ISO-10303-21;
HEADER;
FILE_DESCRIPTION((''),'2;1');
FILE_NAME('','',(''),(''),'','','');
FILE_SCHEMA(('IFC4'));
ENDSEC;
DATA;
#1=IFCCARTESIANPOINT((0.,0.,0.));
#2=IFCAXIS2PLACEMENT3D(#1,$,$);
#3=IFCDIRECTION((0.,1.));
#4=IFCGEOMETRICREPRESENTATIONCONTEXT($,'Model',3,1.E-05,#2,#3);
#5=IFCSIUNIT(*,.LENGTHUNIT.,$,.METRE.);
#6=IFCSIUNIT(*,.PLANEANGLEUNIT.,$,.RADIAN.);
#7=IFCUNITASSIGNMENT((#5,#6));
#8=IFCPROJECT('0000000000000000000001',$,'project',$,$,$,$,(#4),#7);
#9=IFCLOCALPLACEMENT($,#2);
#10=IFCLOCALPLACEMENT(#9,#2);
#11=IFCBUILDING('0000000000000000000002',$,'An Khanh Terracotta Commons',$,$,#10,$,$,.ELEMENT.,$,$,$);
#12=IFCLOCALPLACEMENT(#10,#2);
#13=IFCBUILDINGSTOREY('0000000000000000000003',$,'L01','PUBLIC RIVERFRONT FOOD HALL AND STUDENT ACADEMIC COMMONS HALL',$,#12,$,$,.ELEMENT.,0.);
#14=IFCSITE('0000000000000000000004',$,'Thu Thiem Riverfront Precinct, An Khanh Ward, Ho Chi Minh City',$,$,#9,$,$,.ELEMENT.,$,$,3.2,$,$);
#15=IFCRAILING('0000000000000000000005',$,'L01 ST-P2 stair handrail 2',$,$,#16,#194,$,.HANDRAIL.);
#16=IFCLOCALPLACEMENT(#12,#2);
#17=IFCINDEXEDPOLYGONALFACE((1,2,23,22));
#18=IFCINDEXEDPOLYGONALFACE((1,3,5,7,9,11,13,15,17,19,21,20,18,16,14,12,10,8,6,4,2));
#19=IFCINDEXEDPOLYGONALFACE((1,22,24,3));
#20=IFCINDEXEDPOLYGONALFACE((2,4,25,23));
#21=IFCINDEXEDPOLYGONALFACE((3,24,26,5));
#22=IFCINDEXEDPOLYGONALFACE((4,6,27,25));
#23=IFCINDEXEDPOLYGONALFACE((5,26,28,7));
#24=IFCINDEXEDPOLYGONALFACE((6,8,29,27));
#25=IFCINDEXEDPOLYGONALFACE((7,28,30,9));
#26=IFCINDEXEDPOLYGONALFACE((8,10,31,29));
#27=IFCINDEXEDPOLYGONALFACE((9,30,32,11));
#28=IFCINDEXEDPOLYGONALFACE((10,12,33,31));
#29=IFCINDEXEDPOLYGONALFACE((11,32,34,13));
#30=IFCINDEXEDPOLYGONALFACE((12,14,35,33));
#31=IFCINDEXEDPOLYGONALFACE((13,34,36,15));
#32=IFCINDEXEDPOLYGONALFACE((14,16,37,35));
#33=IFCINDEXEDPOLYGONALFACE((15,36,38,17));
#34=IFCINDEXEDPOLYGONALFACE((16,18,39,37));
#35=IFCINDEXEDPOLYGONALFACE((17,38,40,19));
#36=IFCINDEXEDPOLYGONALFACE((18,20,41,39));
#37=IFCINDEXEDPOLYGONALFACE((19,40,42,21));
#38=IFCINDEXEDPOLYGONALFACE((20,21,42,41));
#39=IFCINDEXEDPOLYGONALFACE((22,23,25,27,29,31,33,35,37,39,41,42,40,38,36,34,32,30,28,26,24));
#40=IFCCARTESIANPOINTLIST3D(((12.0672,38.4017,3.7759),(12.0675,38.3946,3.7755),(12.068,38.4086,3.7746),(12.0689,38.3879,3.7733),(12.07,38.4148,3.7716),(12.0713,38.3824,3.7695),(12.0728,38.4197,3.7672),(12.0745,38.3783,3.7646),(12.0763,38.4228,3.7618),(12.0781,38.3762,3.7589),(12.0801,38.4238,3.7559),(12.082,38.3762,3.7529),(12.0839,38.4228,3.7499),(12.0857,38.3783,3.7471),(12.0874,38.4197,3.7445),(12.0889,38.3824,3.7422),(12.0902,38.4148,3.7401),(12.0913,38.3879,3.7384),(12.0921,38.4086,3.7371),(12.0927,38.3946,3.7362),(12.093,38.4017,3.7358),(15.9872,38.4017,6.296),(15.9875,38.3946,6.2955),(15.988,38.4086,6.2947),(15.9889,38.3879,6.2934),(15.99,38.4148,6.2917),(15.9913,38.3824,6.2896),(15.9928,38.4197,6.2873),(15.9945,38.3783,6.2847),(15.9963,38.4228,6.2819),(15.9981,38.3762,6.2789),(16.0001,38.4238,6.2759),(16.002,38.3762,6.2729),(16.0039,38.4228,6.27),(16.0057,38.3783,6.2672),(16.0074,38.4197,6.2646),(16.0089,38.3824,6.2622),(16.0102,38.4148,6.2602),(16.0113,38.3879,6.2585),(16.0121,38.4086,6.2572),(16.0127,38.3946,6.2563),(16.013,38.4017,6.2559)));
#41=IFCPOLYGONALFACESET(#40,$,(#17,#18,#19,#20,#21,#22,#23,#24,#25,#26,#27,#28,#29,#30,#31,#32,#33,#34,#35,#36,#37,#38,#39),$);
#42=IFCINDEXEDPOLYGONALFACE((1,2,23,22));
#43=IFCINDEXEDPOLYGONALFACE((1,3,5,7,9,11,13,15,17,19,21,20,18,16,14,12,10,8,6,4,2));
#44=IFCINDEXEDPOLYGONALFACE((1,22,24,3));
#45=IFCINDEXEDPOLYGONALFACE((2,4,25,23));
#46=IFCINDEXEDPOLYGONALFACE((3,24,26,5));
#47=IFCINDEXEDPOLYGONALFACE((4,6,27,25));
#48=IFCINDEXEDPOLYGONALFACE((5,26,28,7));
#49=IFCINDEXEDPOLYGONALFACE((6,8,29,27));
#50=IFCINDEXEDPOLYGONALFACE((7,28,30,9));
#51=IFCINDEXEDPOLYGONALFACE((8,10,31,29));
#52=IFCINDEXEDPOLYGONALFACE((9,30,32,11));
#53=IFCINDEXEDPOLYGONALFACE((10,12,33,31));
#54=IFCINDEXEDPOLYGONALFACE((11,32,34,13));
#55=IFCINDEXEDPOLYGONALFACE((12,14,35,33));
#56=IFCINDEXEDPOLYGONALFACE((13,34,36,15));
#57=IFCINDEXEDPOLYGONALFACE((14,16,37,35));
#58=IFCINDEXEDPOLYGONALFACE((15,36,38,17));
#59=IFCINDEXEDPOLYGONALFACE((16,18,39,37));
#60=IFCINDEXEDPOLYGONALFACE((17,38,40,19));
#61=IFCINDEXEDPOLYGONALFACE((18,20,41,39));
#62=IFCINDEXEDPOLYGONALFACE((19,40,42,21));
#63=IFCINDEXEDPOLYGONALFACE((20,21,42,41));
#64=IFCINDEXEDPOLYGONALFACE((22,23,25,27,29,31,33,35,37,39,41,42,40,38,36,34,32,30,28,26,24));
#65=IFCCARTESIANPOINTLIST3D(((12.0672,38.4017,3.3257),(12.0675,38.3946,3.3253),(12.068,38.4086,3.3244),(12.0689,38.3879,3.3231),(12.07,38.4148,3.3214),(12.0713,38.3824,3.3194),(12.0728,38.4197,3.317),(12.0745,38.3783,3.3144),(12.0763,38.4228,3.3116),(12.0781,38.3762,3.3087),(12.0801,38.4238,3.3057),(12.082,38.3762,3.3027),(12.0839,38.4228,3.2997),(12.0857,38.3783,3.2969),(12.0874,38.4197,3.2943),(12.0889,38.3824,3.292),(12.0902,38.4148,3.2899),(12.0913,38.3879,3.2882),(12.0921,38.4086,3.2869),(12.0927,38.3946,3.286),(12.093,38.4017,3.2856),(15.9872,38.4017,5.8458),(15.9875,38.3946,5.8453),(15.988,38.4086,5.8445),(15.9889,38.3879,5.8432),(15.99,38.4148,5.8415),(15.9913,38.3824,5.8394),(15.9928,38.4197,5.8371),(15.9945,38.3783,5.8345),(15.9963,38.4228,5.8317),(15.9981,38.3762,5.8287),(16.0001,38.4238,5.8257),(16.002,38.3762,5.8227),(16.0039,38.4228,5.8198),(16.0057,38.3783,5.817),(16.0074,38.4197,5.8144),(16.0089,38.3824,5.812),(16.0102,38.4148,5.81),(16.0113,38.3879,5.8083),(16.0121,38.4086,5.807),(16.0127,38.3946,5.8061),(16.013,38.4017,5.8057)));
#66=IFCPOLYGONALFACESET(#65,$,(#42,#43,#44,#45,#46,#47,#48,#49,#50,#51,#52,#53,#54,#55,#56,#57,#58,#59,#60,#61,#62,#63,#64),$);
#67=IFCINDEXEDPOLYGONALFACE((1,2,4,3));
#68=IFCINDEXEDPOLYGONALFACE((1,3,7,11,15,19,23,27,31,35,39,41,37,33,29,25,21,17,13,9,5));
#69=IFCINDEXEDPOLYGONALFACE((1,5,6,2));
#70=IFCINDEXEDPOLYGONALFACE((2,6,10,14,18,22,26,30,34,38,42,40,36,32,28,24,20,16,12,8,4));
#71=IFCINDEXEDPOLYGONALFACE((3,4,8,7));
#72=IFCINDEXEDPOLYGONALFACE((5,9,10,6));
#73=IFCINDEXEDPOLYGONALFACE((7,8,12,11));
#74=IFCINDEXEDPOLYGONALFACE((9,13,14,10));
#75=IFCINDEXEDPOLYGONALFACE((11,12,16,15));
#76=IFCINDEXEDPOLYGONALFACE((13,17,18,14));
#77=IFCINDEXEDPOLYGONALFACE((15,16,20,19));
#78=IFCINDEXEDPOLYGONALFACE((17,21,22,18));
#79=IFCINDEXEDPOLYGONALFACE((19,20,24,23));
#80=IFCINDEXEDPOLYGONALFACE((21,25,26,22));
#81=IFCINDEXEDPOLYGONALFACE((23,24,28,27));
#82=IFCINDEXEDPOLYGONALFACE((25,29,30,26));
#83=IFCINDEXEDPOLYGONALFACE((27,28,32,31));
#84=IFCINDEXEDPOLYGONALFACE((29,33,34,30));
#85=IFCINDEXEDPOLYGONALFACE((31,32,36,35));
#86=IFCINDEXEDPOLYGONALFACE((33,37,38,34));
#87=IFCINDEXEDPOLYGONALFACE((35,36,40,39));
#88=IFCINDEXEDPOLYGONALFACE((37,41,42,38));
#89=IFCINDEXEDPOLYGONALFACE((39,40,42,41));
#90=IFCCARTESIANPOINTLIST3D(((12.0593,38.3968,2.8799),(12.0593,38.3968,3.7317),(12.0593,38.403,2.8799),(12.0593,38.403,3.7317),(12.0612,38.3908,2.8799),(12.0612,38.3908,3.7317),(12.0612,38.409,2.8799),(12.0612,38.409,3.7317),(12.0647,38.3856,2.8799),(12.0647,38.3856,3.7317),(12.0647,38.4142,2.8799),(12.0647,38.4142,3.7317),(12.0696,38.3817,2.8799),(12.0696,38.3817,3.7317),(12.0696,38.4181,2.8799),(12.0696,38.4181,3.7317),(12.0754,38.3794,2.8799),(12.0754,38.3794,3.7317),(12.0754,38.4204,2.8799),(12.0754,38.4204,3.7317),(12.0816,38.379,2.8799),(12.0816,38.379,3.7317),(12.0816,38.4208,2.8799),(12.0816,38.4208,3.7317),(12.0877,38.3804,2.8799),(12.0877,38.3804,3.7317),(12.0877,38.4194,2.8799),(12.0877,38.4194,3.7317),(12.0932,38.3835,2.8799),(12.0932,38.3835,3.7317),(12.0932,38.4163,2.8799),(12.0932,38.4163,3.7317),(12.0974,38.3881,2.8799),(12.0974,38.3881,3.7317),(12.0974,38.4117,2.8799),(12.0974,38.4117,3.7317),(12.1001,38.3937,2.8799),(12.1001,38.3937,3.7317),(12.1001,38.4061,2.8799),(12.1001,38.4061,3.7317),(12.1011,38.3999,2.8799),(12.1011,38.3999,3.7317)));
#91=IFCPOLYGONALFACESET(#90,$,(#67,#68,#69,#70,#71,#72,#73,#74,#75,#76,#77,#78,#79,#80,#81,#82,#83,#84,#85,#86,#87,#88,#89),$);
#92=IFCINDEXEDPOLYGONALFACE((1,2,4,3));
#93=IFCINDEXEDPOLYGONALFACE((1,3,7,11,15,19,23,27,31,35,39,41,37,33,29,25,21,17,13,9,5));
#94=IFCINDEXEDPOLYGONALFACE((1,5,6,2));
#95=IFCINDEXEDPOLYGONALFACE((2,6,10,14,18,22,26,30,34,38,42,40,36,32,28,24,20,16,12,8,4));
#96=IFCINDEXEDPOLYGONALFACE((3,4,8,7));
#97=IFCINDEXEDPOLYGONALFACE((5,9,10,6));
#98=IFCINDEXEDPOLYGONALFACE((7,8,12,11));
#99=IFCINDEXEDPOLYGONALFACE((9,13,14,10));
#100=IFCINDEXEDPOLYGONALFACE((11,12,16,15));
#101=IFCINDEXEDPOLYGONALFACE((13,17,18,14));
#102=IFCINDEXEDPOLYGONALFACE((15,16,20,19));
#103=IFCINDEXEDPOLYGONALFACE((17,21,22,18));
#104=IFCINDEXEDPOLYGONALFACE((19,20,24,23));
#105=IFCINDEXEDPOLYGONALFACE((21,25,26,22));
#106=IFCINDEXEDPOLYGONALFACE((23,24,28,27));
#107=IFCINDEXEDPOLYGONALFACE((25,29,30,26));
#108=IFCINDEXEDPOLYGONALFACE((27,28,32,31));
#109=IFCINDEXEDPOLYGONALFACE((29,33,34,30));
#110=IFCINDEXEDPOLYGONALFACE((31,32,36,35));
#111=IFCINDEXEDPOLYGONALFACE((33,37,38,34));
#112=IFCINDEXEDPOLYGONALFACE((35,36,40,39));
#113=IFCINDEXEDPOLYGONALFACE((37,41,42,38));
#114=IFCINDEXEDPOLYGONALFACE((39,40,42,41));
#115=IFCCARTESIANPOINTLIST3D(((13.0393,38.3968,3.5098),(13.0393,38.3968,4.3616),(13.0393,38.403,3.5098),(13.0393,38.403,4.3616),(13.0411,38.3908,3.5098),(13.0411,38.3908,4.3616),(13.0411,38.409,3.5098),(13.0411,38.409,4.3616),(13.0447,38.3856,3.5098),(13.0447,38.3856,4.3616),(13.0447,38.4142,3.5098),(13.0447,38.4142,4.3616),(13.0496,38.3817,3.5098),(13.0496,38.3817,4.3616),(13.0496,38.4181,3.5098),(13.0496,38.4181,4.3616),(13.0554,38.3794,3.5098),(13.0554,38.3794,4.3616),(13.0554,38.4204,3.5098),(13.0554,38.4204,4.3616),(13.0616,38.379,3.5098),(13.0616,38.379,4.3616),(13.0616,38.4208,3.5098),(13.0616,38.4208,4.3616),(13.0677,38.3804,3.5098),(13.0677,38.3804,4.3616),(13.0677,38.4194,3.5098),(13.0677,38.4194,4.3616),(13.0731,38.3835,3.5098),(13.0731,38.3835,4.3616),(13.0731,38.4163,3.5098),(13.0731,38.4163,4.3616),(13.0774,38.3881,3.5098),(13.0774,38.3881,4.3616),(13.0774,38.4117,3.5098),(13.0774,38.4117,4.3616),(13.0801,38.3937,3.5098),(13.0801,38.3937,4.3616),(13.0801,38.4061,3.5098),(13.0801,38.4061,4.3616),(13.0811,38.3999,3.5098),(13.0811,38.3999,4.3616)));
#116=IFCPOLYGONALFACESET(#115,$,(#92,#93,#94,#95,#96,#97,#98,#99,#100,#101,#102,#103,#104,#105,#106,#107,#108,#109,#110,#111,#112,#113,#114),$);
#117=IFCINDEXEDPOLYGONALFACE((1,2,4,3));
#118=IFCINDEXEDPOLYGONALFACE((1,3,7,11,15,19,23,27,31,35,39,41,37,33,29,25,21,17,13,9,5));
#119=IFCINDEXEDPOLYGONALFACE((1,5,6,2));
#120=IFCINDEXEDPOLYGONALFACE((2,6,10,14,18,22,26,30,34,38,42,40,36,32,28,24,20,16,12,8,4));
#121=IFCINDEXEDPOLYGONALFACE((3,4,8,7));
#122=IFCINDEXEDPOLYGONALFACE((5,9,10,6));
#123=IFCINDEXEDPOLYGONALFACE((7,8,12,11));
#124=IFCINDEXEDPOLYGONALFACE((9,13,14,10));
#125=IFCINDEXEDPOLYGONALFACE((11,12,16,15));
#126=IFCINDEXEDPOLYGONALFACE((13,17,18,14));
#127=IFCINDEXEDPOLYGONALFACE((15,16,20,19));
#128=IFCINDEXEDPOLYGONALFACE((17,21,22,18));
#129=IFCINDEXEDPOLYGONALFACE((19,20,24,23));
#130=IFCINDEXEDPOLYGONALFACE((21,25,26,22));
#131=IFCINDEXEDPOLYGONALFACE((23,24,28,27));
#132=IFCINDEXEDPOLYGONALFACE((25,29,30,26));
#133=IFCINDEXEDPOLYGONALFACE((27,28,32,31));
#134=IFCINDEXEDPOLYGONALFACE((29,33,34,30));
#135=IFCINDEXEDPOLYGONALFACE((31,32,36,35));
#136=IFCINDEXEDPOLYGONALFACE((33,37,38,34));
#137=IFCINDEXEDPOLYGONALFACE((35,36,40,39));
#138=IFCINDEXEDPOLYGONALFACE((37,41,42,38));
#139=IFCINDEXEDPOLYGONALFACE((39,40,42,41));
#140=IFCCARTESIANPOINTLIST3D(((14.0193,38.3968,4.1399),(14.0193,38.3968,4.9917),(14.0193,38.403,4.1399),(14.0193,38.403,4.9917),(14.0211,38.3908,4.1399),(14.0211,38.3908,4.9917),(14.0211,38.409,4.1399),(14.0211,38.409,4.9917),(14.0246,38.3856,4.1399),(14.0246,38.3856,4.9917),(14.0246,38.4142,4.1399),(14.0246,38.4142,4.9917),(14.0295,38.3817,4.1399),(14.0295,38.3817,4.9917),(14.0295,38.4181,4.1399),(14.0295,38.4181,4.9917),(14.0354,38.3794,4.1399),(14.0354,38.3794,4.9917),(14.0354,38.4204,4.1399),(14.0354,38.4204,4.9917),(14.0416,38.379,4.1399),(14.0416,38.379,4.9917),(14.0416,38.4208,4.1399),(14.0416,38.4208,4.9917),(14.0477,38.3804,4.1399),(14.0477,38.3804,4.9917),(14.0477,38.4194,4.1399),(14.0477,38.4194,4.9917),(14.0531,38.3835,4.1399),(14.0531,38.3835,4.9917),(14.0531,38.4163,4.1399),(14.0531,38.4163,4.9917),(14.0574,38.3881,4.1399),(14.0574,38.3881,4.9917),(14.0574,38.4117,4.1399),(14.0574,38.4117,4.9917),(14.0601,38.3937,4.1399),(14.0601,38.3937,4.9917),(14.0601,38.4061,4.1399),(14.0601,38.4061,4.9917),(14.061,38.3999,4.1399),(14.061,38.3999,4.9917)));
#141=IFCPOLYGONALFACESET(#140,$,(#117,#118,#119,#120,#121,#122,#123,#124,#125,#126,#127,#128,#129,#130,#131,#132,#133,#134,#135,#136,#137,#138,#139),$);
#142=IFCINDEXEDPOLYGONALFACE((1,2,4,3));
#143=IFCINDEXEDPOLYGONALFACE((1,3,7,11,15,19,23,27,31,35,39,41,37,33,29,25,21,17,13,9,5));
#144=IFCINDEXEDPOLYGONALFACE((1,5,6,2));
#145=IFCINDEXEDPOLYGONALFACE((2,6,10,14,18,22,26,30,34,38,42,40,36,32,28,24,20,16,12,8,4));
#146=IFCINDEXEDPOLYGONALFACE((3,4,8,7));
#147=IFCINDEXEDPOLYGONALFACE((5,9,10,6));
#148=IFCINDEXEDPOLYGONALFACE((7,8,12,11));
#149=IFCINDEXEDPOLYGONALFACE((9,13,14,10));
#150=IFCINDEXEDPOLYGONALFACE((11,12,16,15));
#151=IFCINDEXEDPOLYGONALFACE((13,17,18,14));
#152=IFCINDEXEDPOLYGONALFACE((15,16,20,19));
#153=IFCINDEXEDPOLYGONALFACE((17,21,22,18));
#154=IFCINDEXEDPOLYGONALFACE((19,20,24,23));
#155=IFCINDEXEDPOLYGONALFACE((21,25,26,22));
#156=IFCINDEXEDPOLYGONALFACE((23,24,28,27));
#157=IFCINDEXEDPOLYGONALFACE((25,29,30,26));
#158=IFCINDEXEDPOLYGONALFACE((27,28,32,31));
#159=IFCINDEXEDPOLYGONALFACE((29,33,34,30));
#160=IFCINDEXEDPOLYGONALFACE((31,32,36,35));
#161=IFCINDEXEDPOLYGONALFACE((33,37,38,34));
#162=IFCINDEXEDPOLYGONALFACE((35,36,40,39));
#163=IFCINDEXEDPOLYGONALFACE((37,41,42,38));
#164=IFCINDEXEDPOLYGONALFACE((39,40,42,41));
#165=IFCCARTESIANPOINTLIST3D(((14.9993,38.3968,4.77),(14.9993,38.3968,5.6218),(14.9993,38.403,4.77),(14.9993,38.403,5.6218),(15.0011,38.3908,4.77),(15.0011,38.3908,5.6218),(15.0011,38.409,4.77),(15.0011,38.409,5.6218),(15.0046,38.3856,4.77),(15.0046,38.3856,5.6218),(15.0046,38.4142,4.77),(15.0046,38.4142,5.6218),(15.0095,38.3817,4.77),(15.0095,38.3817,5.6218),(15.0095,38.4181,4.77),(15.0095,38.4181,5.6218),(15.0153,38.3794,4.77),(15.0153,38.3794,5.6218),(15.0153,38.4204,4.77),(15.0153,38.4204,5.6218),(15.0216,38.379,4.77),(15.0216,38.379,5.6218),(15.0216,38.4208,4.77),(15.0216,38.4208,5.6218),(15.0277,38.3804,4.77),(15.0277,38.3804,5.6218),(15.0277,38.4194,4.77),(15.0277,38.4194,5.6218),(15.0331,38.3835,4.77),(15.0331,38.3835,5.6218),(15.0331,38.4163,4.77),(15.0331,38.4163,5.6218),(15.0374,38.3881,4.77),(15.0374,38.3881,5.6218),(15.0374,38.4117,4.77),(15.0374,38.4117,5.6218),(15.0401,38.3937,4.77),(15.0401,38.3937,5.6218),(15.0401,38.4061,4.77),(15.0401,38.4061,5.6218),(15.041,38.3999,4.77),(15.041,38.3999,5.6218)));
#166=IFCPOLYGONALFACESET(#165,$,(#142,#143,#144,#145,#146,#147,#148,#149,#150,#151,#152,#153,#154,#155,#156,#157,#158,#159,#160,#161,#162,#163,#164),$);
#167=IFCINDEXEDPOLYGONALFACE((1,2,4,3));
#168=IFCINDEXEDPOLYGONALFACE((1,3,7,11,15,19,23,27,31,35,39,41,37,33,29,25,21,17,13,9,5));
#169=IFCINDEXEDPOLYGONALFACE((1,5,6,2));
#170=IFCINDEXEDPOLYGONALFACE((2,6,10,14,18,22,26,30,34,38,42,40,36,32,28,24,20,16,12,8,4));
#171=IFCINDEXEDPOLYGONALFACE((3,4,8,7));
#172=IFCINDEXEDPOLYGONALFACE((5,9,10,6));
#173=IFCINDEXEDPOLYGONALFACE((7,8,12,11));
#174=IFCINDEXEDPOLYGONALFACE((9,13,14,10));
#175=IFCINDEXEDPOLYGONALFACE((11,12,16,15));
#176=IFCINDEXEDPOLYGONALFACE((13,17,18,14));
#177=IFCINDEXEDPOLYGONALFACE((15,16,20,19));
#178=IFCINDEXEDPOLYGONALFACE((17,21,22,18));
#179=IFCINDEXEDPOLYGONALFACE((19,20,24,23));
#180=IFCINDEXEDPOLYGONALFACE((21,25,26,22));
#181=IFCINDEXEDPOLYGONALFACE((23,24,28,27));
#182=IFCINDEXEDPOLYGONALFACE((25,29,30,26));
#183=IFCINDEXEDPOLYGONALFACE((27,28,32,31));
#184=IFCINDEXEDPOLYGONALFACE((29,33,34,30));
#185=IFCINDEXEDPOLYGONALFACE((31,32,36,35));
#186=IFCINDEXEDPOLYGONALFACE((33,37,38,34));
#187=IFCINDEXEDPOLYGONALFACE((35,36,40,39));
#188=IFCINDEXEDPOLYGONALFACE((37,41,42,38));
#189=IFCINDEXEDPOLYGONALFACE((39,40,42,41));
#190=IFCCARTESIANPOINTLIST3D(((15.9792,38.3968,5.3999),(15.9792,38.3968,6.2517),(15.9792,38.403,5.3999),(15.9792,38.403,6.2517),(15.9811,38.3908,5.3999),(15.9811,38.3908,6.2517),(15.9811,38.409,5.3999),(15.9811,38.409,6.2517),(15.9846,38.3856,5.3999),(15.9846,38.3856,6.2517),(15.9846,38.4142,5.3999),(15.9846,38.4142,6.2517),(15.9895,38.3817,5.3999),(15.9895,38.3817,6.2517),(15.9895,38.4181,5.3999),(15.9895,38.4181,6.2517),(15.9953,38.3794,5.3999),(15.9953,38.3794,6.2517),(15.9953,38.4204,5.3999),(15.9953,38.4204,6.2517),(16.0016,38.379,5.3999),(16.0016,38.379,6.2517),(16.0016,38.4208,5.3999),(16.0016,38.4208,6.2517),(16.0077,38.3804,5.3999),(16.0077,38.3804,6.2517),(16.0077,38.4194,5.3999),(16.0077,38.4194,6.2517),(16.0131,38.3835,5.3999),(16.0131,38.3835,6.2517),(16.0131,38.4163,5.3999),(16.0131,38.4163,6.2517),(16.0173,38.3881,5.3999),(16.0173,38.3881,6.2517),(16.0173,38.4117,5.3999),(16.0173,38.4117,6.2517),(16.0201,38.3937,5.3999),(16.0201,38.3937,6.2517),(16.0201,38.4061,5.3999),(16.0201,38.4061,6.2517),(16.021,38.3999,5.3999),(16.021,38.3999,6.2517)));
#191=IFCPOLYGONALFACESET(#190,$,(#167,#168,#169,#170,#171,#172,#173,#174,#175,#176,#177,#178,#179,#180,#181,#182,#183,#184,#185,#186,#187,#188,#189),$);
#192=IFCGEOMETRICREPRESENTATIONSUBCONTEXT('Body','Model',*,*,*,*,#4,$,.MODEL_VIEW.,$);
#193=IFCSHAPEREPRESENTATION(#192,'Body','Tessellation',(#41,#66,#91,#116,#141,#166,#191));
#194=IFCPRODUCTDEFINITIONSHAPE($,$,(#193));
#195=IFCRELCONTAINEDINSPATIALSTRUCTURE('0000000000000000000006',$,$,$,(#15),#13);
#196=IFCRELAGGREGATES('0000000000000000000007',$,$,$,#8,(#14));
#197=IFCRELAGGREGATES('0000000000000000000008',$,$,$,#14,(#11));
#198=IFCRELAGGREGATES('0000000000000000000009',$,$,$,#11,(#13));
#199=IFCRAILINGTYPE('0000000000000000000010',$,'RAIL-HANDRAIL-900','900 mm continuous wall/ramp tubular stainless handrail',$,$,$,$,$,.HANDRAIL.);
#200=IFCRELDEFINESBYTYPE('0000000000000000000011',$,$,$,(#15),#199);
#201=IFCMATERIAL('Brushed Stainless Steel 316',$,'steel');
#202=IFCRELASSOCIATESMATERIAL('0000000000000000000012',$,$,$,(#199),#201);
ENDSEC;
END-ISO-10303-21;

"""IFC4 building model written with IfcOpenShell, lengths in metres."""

from ifc_helpers import new_model, si_unit, direction, frame, origin, origin_2d, place, context, subcontext, project, spatial, circle, extrude, material, type_object, element, save


model = new_model("IFC4")

# Units and contexts
model_context = context("Model", 3, precision=1e-05, world=origin(), true_north=direction((0.0, 1.0)))
body_context = subcontext(model_context, "Body", "Model", "MODEL_VIEW")
ifc_project = project(units=[si_unit("LENGTHUNIT", "METRE"), si_unit("PLANEANGLEUNIT", "RADIAN")], contexts=[model_context])

# Site, building, storey
site_placement = place(None, origin())
site = spatial("IfcSite", under=ifc_project, at=site_placement, Name="Thu Thiem Riverfront Precinct, An Khanh Ward, Ho Chi Minh City", CompositionType="ELEMENT", RefElevation=3.2)
building_placement = place(site_placement, origin())
building = spatial("IfcBuilding", under=site, at=building_placement, Name="An Khanh Terracotta Commons", CompositionType="ELEMENT")
storey_placement = place(building_placement, origin())
storey = spatial("IfcBuildingStorey", under=building, at=storey_placement, Name="L01", Description="PUBLIC RIVERFRONT FOOD HALL AND STUDENT ACADEMIC COMMONS HALL", CompositionType="ELEMENT", Elevation=0.0)

# Railing
ifc_material_1 = material(Name="Brushed Stainless Steel 316", Category="steel")
railing_type_1 = type_object("IfcRailingType", Name="RAIL-HANDRAIL-900", Description="900 mm continuous wall/ramp tubular stainless handrail", PredefinedType="HANDRAIL", material=ifc_material_1)
railing_1_placement = place(storey_placement, frame((12.0801, 38.3999, 2.8799)))
element("IfcRailing", 1, at=railing_1_placement, inside=storey, type_object=railing_type_1, Name="L01 ST-P2 stair handrail 2", PredefinedType="HANDRAIL", context=body_context, shape_type="SweptSolid", body=[
    extrude(circle(Radius=0.0239, at=origin_2d()), frame((0.0, 0.0, 0.876), z_axis=(0.841172, 0.0, 0.540768), x_axis=(0.0, 1.0, 0.0)), (0.0, 0.0, 1.0), 4.6602),
    extrude(circle(Radius=0.0239, at=origin_2d()), frame((0.0, 0.0, 0.4258), z_axis=(0.841172, 0.0, 0.540768), x_axis=(0.0, 1.0, 0.0)), (0.0, 0.0, 1.0), 4.6602),
    extrude(circle(Radius=0.021, at=origin_2d()), origin(), (0.0, 0.0, 1.0), 0.8518),
    extrude(circle(Radius=0.021, at=origin_2d()), frame((0.98, 0.0, 0.6299)), (0.0, 0.0, 1.0), 0.8518),
    extrude(circle(Radius=0.021, at=origin_2d()), frame((1.96, 0.0, 1.26)), (0.0, 0.0, 1.0), 0.8518),
    extrude(circle(Radius=0.021, at=origin_2d()), frame((2.9399, 0.0, 1.8901)), (0.0, 0.0, 1.0), 0.8518),
    extrude(circle(Radius=0.021, at=origin_2d()), frame((3.9199, 0.0, 2.52)), (0.0, 0.0, 1.0), 0.8518),
])

save(model, "model.ifc")
